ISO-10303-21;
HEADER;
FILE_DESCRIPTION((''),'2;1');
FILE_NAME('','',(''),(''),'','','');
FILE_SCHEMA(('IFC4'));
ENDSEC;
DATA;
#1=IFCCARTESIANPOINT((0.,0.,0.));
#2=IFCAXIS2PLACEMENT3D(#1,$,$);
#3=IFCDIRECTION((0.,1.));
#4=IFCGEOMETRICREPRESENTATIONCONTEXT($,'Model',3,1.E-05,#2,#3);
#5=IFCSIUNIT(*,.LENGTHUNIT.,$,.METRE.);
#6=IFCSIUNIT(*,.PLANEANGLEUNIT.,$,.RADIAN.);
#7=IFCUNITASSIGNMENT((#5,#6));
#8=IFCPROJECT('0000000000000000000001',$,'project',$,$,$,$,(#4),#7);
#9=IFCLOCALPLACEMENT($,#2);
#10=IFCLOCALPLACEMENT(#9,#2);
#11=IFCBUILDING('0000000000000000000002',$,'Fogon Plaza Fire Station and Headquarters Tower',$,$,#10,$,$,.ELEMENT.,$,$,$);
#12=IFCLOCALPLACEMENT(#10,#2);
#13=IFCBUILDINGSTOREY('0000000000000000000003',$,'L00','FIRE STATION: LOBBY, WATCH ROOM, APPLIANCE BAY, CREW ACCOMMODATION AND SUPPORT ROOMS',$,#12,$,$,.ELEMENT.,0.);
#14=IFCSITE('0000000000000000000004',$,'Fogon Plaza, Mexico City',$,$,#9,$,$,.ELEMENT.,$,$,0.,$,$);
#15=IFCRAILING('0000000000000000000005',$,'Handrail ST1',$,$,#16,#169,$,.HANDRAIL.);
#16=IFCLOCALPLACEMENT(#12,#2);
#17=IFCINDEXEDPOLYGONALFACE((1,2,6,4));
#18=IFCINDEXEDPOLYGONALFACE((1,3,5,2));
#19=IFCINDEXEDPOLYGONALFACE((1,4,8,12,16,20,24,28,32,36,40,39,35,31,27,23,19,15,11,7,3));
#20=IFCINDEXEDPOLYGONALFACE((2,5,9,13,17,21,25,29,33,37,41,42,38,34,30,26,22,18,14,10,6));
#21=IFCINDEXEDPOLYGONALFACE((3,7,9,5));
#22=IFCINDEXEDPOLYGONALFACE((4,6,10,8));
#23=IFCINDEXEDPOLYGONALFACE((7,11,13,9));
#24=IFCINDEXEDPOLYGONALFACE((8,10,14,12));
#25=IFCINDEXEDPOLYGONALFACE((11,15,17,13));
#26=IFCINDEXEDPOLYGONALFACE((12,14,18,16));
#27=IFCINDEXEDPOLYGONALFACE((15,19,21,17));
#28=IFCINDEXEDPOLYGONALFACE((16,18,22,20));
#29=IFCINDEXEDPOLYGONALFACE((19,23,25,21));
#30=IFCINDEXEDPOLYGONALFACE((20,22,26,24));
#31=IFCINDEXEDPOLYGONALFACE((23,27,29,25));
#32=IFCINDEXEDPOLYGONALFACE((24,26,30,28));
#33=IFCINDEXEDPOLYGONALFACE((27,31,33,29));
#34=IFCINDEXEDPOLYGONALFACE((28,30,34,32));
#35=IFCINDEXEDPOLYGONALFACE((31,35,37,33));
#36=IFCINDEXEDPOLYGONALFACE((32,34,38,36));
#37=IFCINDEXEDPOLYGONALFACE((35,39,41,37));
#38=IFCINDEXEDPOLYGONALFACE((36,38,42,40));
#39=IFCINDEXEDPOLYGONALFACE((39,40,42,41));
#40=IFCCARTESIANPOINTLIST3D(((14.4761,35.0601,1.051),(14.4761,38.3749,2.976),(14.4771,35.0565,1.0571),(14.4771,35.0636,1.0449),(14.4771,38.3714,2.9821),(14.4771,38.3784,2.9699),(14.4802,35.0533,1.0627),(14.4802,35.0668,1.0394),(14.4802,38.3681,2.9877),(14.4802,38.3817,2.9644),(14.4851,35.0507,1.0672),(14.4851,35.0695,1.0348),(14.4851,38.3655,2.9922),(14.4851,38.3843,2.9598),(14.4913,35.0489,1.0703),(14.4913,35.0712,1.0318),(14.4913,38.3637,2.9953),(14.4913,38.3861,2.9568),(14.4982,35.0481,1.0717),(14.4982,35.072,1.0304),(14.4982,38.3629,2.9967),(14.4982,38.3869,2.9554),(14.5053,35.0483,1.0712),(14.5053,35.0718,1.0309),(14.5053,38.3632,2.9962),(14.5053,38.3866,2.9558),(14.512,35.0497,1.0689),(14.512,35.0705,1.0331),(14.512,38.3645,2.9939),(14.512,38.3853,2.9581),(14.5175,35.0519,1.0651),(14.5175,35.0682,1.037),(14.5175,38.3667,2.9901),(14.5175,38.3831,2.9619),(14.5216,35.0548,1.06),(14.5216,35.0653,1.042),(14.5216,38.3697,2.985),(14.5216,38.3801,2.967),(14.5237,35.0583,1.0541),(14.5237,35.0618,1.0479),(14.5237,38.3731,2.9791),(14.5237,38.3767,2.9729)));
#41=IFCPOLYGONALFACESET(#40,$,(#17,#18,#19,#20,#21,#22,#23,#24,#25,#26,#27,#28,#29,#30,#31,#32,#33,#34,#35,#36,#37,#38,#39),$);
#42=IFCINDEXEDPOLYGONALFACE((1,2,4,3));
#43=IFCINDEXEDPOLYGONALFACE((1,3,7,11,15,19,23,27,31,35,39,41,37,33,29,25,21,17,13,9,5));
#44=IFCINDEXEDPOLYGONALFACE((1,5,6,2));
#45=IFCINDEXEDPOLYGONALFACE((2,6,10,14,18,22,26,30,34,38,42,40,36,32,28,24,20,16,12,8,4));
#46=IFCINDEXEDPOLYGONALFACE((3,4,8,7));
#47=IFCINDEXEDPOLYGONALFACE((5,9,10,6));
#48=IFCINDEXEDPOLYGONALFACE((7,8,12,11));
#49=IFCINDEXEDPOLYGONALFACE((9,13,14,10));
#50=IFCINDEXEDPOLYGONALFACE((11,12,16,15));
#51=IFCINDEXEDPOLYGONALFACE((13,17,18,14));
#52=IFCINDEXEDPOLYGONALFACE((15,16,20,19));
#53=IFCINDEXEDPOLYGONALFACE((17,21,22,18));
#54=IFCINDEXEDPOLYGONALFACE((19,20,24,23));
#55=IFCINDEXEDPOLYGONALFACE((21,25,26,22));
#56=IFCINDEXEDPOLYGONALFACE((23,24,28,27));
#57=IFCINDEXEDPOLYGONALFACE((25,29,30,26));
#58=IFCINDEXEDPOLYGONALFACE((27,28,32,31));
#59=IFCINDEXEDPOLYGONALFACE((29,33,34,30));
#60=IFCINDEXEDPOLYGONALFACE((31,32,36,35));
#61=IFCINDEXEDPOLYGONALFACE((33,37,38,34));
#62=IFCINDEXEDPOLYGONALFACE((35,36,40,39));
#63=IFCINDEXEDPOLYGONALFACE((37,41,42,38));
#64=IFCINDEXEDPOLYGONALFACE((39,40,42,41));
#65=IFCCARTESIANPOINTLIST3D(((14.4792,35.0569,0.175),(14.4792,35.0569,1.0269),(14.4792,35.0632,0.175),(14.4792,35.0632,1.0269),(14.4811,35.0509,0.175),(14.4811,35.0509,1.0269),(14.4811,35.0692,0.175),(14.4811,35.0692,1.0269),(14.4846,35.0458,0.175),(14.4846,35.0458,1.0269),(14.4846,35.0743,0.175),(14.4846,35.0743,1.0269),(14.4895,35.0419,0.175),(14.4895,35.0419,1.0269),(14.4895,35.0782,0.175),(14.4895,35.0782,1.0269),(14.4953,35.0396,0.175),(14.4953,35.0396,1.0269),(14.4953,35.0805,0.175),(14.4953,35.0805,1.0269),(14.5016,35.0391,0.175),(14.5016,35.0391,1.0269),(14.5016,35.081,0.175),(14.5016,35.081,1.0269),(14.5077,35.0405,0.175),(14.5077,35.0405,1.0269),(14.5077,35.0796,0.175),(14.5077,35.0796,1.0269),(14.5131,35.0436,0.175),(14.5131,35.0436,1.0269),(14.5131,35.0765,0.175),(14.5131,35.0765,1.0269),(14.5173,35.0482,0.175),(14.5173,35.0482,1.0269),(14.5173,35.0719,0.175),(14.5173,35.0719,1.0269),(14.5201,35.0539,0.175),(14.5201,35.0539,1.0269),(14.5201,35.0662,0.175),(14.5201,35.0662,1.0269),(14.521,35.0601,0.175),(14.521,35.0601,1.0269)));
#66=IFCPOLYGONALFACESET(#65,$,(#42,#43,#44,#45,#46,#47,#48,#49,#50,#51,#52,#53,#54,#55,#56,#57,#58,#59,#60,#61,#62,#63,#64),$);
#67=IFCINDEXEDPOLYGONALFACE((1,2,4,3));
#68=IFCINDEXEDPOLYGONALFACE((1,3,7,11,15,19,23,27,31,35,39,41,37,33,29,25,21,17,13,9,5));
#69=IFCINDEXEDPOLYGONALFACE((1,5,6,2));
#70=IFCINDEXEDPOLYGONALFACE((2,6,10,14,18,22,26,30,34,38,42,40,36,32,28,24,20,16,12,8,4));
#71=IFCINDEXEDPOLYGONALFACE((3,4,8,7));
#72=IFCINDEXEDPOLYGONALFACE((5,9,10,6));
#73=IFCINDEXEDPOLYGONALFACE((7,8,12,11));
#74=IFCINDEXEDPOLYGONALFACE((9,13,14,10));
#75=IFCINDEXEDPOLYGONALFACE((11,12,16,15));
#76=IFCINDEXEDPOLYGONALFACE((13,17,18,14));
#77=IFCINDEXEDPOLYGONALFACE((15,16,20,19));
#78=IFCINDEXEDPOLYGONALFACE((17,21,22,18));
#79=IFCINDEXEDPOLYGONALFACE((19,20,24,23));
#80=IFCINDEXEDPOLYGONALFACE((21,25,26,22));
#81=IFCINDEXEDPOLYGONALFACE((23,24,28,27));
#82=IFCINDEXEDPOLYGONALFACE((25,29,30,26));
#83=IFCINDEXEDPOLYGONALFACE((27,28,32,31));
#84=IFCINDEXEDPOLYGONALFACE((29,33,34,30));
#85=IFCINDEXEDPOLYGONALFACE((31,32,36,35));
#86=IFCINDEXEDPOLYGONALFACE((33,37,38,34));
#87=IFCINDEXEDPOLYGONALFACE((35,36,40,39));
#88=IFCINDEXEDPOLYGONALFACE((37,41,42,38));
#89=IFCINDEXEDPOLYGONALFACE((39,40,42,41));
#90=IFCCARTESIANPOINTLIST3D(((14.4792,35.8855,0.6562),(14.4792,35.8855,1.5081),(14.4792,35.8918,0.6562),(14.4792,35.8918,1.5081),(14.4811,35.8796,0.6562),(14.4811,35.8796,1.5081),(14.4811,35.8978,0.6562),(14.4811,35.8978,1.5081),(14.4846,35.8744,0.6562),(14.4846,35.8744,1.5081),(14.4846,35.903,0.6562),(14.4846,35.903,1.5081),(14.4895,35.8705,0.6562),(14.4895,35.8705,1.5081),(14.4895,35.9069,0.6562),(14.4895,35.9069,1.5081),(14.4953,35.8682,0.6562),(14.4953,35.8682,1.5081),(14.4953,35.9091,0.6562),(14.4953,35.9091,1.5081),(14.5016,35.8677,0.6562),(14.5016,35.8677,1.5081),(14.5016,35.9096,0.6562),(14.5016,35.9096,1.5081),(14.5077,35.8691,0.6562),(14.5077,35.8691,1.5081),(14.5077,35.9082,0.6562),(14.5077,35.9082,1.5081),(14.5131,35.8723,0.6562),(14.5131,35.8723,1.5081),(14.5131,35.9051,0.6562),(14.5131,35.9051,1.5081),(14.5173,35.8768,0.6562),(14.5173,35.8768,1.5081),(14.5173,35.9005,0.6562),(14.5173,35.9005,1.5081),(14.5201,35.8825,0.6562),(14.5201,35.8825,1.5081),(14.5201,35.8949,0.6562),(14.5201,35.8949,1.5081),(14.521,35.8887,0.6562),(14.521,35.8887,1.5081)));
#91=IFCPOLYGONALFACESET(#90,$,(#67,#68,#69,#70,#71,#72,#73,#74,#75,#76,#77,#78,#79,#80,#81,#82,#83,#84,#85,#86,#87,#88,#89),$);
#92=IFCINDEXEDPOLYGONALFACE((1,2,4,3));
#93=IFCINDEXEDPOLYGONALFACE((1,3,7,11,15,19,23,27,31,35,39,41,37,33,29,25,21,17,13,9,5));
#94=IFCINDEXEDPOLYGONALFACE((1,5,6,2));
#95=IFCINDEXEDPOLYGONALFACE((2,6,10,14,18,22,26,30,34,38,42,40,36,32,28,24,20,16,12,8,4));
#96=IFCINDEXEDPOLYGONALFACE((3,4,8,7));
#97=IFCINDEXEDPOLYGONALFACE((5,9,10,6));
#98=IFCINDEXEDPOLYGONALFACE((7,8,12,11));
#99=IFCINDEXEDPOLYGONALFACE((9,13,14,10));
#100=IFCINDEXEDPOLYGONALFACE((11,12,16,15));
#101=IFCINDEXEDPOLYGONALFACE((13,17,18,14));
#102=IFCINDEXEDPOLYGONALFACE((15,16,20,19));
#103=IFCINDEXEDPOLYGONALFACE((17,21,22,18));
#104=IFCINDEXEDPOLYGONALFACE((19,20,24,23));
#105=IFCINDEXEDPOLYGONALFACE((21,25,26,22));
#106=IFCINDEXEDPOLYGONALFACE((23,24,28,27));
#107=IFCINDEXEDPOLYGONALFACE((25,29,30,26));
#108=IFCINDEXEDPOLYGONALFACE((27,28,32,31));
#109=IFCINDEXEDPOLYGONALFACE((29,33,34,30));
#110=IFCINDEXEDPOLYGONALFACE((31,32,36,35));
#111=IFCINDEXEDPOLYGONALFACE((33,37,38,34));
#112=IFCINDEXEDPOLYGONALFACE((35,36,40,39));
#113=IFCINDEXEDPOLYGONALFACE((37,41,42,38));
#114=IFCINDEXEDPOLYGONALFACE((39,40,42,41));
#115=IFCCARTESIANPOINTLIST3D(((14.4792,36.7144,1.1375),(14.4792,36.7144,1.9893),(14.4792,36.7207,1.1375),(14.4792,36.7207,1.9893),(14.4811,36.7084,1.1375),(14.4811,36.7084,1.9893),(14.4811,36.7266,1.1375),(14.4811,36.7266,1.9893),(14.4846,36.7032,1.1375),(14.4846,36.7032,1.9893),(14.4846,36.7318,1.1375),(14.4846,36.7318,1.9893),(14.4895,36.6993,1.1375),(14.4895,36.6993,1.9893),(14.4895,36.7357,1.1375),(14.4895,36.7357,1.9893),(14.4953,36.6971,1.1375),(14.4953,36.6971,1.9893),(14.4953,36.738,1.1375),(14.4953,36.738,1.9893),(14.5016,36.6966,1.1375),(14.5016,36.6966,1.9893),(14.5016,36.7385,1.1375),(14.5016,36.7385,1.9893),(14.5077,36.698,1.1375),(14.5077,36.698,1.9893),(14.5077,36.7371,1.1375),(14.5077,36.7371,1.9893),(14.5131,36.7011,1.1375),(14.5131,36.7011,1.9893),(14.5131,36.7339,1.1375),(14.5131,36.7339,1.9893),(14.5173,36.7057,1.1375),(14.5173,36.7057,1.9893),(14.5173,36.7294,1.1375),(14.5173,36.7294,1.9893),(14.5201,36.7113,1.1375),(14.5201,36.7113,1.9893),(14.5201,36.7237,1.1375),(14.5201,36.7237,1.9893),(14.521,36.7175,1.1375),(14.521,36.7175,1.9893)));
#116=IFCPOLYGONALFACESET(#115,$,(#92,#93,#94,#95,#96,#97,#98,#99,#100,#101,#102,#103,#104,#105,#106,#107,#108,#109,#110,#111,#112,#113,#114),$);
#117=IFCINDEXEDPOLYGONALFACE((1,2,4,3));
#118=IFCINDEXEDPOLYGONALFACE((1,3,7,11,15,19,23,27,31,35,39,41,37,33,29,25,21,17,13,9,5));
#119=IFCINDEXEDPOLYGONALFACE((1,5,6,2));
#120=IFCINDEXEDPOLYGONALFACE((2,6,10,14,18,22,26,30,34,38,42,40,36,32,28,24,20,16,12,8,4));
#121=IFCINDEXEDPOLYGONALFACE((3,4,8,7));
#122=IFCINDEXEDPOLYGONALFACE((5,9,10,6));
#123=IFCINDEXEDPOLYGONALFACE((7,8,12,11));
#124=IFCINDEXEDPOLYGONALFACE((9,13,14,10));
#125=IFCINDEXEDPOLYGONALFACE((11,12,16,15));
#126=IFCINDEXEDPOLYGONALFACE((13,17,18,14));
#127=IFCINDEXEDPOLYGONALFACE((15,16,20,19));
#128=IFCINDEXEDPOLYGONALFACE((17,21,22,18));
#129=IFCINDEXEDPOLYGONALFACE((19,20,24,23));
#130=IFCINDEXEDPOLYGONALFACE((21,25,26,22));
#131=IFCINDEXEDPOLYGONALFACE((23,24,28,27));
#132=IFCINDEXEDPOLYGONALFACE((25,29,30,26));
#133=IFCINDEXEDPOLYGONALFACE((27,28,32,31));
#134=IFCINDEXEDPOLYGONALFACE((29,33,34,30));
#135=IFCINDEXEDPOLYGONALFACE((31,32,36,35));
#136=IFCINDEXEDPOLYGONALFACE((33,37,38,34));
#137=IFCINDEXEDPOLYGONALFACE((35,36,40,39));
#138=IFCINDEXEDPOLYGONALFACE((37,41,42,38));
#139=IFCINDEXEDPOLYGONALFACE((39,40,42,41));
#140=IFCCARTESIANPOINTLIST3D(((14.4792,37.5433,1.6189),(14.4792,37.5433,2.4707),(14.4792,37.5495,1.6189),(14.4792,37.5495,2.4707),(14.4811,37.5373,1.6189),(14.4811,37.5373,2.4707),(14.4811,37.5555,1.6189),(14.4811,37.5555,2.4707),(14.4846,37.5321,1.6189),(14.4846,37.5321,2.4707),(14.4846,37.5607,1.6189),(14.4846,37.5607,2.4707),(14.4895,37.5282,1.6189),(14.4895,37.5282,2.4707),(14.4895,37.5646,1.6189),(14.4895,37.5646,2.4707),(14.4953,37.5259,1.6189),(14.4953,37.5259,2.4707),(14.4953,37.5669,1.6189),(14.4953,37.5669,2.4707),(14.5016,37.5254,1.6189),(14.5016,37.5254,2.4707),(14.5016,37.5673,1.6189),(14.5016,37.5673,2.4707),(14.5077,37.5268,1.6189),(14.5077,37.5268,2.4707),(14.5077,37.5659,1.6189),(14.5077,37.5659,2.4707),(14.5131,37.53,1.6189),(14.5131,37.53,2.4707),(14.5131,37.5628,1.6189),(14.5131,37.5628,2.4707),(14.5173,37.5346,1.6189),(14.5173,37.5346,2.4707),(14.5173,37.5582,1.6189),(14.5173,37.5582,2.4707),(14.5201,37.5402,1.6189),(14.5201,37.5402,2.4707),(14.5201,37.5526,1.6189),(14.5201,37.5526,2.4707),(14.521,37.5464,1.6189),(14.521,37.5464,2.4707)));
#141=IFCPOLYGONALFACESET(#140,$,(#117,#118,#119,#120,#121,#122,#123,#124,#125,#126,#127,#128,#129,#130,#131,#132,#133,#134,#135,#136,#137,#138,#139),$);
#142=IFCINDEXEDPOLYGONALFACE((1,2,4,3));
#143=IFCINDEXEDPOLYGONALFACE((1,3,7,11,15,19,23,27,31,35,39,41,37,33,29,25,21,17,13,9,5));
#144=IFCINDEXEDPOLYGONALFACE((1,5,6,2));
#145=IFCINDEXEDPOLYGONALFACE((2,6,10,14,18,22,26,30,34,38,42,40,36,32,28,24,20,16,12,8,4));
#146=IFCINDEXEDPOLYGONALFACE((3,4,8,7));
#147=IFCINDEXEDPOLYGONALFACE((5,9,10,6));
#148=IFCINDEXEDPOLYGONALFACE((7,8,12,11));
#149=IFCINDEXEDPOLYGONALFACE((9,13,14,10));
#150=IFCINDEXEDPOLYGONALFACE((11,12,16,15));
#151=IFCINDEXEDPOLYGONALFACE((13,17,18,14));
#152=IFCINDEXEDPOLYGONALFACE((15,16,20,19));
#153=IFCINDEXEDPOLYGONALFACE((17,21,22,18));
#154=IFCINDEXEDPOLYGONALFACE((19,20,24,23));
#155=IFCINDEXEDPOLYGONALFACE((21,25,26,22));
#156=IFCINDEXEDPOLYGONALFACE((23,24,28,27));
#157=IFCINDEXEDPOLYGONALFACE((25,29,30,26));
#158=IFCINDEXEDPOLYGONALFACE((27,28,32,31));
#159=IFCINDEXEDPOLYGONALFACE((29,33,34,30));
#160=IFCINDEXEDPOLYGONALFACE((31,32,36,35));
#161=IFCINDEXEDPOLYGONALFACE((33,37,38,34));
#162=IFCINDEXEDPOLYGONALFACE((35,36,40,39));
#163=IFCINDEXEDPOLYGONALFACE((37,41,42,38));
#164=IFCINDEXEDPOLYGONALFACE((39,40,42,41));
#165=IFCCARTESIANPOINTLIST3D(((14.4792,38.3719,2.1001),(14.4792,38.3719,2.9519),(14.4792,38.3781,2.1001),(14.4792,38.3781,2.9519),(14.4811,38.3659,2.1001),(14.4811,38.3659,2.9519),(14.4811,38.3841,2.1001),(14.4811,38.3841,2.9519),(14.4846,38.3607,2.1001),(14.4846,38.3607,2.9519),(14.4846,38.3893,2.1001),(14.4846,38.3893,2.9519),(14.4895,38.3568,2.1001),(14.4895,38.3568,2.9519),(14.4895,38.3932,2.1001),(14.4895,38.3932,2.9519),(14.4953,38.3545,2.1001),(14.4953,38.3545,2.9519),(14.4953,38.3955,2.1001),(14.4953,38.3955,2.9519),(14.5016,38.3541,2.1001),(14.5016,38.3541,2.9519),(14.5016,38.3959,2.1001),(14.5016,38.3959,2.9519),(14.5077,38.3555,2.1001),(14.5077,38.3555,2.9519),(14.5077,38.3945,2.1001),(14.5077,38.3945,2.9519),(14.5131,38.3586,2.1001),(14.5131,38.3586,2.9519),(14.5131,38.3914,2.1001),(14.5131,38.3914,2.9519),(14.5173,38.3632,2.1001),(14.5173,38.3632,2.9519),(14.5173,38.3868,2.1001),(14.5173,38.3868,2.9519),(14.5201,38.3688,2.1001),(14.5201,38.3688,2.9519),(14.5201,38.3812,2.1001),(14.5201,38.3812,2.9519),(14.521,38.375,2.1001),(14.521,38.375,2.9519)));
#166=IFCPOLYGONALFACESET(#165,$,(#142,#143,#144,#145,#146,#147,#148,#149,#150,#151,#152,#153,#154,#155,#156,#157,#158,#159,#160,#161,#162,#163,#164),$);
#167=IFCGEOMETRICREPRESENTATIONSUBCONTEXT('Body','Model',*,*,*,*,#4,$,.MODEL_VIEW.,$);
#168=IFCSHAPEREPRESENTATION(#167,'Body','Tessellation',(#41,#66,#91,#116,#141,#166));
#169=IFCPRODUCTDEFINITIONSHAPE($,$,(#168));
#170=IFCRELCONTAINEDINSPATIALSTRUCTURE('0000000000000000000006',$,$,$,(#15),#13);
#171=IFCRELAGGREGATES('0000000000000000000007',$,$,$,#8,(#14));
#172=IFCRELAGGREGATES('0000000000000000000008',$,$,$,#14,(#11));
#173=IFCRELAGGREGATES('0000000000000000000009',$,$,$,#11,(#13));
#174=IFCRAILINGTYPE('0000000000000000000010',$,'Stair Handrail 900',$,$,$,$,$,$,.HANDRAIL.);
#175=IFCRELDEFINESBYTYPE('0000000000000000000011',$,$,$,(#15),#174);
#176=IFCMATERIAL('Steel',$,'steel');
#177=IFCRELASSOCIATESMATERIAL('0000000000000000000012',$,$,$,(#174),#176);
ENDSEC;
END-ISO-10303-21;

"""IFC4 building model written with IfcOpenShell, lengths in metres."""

from ifc_helpers import new_model, si_unit, direction, frame, origin, origin_2d, place, context, subcontext, project, spatial, circle, extrude, material, type_object, element, save


model = new_model("IFC4")

# Units and contexts
model_context = context("Model", 3, precision=1e-05, world=origin(), true_north=direction((0.0, 1.0)))
body_context = subcontext(model_context, "Body", "Model", "MODEL_VIEW")
ifc_project = project(units=[si_unit("LENGTHUNIT", "METRE"), si_unit("PLANEANGLEUNIT", "RADIAN")], contexts=[model_context])

# Site, building, storey
site_placement = place(None, origin())
site = spatial("IfcSite", under=ifc_project, at=site_placement, Name="Fogon Plaza, Mexico City", CompositionType="ELEMENT", RefElevation=0.0)
building_placement = place(site_placement, origin())
building = spatial("IfcBuilding", under=site, at=building_placement, Name="Fogon Plaza Fire Station and Headquarters Tower", CompositionType="ELEMENT")
storey_placement = place(building_placement, origin())
storey = spatial("IfcBuildingStorey", under=building, at=storey_placement, Name="L00", Description="FIRE STATION: LOBBY, WATCH ROOM, APPLIANCE BAY, CREW ACCOMMODATION AND SUPPORT ROOMS", CompositionType="ELEMENT", Elevation=0.0)

# Railing
ifc_material_1 = material(Name="Steel", Category="steel")
railing_type = type_object("IfcRailingType", Name="Stair Handrail 900", PredefinedType="HANDRAIL", material=ifc_material_1)
for number, where, name in (
    (1, (14.5, 35.0601, 0.175), "Handrail ST1"),
):
    element("IfcRailing", number, at=place(storey_placement, frame(where)), inside=storey, type_object=railing_type, Name=name, PredefinedType="HANDRAIL", context=body_context, shape_type="SweptSolid", body=[
        extrude(circle(Radius=0.0239, at=origin_2d()), frame((0.0, 0.0, 0.876), z_axis=(0.0, 0.864761, 0.502183), x_axis=(-1.0, 0.0, 0.0)), (0.0, 0.0, 1.0), 3.8333),
        extrude(circle(Radius=0.021, at=origin_2d()), origin(), (0.0, 0.0, 1.0), 0.8518),
        extrude(circle(Radius=0.021, at=origin_2d()), frame((0.0, 0.8286, 0.4812)), (0.0, 0.0, 1.0), 0.8518),
        extrude(circle(Radius=0.021, at=origin_2d()), frame((0.0, 1.6575, 0.9624)), (0.0, 0.0, 1.0), 0.8518),
        extrude(circle(Radius=0.021, at=origin_2d()), frame((0.0, 2.4863, 1.4438)), (0.0, 0.0, 1.0), 0.8518),
        extrude(circle(Radius=0.021, at=origin_2d()), frame((0.0, 3.3149, 1.925)), (0.0, 0.0, 1.0), 0.8518),
    ])

save(model, "model.ifc")
